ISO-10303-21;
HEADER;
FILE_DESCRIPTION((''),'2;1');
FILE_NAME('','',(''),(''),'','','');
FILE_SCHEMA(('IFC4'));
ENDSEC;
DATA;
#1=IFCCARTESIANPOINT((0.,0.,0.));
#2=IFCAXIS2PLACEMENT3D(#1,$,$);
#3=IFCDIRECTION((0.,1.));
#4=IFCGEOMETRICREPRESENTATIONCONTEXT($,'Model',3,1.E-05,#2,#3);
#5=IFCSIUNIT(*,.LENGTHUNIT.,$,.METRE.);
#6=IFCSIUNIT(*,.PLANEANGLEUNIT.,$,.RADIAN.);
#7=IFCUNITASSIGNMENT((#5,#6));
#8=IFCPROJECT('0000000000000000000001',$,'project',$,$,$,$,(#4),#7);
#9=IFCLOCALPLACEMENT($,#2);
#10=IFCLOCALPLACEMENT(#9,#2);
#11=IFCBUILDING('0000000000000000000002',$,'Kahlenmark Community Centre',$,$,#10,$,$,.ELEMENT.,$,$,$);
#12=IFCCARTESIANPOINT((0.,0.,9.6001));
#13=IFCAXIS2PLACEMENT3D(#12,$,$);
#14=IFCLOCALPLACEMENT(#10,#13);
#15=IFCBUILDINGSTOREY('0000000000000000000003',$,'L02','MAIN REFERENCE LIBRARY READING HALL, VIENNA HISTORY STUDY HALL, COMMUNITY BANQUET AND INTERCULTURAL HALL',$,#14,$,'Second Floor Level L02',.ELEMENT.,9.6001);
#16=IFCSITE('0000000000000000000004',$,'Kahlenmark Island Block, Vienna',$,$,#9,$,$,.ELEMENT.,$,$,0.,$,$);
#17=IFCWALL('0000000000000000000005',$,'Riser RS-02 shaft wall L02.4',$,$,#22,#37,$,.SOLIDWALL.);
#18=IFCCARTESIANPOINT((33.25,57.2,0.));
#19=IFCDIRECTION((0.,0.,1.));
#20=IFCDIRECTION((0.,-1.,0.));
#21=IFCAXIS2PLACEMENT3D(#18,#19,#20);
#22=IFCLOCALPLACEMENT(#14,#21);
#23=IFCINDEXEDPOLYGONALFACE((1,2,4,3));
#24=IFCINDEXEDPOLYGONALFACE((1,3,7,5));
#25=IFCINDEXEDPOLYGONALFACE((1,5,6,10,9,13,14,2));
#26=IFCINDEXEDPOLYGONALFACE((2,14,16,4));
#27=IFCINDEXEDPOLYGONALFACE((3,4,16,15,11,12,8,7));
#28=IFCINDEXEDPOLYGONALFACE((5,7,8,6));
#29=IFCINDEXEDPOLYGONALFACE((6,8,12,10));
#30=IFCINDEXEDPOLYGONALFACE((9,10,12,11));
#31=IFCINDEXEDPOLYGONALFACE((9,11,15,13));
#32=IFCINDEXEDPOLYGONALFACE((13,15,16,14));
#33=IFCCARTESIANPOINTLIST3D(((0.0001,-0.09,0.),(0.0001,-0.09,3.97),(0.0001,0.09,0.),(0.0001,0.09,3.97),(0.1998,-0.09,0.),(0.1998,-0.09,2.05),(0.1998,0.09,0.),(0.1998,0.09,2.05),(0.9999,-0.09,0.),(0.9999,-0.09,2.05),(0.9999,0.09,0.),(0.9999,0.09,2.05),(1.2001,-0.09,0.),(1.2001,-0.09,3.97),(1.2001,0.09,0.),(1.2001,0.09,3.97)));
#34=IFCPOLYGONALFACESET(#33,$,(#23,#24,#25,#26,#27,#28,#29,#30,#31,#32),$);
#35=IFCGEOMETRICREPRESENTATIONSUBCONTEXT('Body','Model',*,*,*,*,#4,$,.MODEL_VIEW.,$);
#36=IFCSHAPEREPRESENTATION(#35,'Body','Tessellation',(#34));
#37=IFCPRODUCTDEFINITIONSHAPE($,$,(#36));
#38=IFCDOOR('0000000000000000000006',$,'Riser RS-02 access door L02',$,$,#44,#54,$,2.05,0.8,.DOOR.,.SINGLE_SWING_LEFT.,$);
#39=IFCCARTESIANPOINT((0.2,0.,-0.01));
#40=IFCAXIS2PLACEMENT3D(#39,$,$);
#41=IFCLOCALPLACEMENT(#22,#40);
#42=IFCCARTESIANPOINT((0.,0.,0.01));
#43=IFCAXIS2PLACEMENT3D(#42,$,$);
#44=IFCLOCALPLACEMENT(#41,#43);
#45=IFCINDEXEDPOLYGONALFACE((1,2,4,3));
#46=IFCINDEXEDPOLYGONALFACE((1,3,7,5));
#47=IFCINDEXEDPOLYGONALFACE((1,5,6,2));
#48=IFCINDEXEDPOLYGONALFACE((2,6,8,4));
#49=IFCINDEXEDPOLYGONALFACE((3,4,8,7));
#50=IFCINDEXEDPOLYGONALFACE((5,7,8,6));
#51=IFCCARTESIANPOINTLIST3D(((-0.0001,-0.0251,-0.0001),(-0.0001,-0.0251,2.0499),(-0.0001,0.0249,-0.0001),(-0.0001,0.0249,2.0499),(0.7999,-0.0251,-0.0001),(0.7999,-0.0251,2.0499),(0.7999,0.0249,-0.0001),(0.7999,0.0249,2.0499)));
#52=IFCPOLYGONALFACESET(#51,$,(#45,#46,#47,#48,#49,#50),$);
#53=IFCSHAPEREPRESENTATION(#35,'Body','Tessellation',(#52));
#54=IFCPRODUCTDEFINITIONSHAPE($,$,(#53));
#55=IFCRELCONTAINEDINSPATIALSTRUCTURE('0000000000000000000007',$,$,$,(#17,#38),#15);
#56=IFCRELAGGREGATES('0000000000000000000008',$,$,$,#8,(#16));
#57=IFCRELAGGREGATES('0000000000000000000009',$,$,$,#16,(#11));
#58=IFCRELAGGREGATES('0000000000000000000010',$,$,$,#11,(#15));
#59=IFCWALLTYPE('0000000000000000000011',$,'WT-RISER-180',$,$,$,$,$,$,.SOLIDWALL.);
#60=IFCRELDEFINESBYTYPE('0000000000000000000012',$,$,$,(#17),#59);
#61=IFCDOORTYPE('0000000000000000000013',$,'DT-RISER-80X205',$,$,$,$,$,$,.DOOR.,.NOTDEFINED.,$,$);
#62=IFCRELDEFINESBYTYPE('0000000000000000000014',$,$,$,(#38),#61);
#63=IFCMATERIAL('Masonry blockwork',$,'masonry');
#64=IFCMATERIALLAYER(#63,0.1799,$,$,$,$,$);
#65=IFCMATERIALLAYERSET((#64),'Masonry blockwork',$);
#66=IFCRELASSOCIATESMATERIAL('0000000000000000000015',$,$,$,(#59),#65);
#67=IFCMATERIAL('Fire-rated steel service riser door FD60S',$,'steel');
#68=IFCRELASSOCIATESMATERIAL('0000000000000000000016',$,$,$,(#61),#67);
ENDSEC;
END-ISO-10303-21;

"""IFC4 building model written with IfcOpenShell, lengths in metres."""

from ifc_helpers import new_model, si_unit, direction, frame, frame_2d, origin, place, context, subcontext, project, spatial, rectangle, extrude, material, layer, layer_set, type_object, element, fill, save


model = new_model("IFC4")

# Units and contexts
model_context = context("Model", 3, precision=1e-05, world=origin(), true_north=direction((0.0, 1.0)))
body_context = subcontext(model_context, "Body", "Model", "MODEL_VIEW")
ifc_project = project(units=[si_unit("LENGTHUNIT", "METRE"), si_unit("PLANEANGLEUNIT", "RADIAN")], contexts=[model_context])

# Site, building, storey
site_placement = place(None, origin())
site = spatial("IfcSite", under=ifc_project, at=site_placement, Name="Kahlenmark Island Block, Vienna", CompositionType="ELEMENT", RefElevation=0.0)
building_placement = place(site_placement, origin())
building = spatial("IfcBuilding", under=site, at=building_placement, Name="Kahlenmark Community Centre", CompositionType="ELEMENT")
storey_placement = place(building_placement, frame((0.0, 0.0, 9.6001)))
storey = spatial("IfcBuildingStorey", under=building, at=storey_placement, Name="L02", Description="MAIN REFERENCE LIBRARY READING HALL, VIENNA HISTORY STUDY HALL, COMMUNITY BANQUET AND INTERCULTURAL HALL", LongName="Second Floor Level L02", CompositionType="ELEMENT", Elevation=9.6001)

# Shared definitions
ifc_material_1 = material(Name="Masonry blockwork", Category="masonry")
ifc_layer_1 = layer(ifc_material_1, 0.1799)
ifc_layer_set_1 = layer_set([ifc_layer_1], Name="Masonry blockwork")
wall_type_1 = type_object("IfcWallType", Name="WT-RISER-180", PredefinedType="SOLIDWALL", material=ifc_layer_set_1)

# Wall, opening, door
wall_1_placement = place(storey_placement, frame((33.25, 57.2, 0.0), z_axis=(0.0, 0.0, 1.0), x_axis=(0.0, -1.0, 0.0)))
wall_1 = element("IfcWall", 1, at=wall_1_placement, inside=storey, type_object=wall_type_1, Name="Riser RS-02 shaft wall L02.4", PredefinedType="SOLIDWALL", context=body_context, shape_type="SweptSolid", body=[
    extrude(rectangle(XDim=1.2, YDim=0.1799, at=frame_2d((0.6001, 0.0))), origin(), (0.0, 0.0, 1.0), 3.97),
])
opening_1_placement = place(wall_1_placement, frame((0.2, 0.0, -0.01)))
opening_1 = element("IfcOpeningElement", 2, at=opening_1_placement, cuts=wall_1, PredefinedType="OPENING", context=body_context, shape_type="SweptSolid", body=[
    extrude(rectangle(XDim=0.8, YDim=2.0601, at=frame_2d((0.3999, 1.03))), frame((0.0, 0.0999, 0.0), z_axis=(0.0, -1.0, 0.0), x_axis=(1.0, 0.0, 0.0)), (0.0, 0.0, 1.0), 0.2),
])
ifc_material_2 = material(Name="Fire-rated steel service riser door FD60S", Category="steel")
door_type_1 = type_object("IfcDoorType", Name="DT-RISER-80X205", OperationType="NOTDEFINED", PredefinedType="DOOR", material=ifc_material_2)
door_1_placement = place(opening_1_placement, frame((0.0, 0.0, 0.01)))
door_1 = element("IfcDoor", 3, at=door_1_placement, inside=storey, type_object=door_type_1, Name="Riser RS-02 access door L02", OperationType="SINGLE_SWING_LEFT", OverallHeight=2.05, OverallWidth=0.8, PredefinedType="DOOR", context=body_context, shape_type="SweptSolid", body=[
    extrude(rectangle(XDim=0.8, YDim=2.05, at=frame_2d((0.3999, 1.0249))), frame((0.0, 0.0249, 0.0), z_axis=(0.0, -1.0, 0.0), x_axis=(1.0, 0.0, 0.0)), (0.0, 0.0, 1.0), 0.05),
])
fill(opening_1, door_1)

save(model, "model.ifc")
